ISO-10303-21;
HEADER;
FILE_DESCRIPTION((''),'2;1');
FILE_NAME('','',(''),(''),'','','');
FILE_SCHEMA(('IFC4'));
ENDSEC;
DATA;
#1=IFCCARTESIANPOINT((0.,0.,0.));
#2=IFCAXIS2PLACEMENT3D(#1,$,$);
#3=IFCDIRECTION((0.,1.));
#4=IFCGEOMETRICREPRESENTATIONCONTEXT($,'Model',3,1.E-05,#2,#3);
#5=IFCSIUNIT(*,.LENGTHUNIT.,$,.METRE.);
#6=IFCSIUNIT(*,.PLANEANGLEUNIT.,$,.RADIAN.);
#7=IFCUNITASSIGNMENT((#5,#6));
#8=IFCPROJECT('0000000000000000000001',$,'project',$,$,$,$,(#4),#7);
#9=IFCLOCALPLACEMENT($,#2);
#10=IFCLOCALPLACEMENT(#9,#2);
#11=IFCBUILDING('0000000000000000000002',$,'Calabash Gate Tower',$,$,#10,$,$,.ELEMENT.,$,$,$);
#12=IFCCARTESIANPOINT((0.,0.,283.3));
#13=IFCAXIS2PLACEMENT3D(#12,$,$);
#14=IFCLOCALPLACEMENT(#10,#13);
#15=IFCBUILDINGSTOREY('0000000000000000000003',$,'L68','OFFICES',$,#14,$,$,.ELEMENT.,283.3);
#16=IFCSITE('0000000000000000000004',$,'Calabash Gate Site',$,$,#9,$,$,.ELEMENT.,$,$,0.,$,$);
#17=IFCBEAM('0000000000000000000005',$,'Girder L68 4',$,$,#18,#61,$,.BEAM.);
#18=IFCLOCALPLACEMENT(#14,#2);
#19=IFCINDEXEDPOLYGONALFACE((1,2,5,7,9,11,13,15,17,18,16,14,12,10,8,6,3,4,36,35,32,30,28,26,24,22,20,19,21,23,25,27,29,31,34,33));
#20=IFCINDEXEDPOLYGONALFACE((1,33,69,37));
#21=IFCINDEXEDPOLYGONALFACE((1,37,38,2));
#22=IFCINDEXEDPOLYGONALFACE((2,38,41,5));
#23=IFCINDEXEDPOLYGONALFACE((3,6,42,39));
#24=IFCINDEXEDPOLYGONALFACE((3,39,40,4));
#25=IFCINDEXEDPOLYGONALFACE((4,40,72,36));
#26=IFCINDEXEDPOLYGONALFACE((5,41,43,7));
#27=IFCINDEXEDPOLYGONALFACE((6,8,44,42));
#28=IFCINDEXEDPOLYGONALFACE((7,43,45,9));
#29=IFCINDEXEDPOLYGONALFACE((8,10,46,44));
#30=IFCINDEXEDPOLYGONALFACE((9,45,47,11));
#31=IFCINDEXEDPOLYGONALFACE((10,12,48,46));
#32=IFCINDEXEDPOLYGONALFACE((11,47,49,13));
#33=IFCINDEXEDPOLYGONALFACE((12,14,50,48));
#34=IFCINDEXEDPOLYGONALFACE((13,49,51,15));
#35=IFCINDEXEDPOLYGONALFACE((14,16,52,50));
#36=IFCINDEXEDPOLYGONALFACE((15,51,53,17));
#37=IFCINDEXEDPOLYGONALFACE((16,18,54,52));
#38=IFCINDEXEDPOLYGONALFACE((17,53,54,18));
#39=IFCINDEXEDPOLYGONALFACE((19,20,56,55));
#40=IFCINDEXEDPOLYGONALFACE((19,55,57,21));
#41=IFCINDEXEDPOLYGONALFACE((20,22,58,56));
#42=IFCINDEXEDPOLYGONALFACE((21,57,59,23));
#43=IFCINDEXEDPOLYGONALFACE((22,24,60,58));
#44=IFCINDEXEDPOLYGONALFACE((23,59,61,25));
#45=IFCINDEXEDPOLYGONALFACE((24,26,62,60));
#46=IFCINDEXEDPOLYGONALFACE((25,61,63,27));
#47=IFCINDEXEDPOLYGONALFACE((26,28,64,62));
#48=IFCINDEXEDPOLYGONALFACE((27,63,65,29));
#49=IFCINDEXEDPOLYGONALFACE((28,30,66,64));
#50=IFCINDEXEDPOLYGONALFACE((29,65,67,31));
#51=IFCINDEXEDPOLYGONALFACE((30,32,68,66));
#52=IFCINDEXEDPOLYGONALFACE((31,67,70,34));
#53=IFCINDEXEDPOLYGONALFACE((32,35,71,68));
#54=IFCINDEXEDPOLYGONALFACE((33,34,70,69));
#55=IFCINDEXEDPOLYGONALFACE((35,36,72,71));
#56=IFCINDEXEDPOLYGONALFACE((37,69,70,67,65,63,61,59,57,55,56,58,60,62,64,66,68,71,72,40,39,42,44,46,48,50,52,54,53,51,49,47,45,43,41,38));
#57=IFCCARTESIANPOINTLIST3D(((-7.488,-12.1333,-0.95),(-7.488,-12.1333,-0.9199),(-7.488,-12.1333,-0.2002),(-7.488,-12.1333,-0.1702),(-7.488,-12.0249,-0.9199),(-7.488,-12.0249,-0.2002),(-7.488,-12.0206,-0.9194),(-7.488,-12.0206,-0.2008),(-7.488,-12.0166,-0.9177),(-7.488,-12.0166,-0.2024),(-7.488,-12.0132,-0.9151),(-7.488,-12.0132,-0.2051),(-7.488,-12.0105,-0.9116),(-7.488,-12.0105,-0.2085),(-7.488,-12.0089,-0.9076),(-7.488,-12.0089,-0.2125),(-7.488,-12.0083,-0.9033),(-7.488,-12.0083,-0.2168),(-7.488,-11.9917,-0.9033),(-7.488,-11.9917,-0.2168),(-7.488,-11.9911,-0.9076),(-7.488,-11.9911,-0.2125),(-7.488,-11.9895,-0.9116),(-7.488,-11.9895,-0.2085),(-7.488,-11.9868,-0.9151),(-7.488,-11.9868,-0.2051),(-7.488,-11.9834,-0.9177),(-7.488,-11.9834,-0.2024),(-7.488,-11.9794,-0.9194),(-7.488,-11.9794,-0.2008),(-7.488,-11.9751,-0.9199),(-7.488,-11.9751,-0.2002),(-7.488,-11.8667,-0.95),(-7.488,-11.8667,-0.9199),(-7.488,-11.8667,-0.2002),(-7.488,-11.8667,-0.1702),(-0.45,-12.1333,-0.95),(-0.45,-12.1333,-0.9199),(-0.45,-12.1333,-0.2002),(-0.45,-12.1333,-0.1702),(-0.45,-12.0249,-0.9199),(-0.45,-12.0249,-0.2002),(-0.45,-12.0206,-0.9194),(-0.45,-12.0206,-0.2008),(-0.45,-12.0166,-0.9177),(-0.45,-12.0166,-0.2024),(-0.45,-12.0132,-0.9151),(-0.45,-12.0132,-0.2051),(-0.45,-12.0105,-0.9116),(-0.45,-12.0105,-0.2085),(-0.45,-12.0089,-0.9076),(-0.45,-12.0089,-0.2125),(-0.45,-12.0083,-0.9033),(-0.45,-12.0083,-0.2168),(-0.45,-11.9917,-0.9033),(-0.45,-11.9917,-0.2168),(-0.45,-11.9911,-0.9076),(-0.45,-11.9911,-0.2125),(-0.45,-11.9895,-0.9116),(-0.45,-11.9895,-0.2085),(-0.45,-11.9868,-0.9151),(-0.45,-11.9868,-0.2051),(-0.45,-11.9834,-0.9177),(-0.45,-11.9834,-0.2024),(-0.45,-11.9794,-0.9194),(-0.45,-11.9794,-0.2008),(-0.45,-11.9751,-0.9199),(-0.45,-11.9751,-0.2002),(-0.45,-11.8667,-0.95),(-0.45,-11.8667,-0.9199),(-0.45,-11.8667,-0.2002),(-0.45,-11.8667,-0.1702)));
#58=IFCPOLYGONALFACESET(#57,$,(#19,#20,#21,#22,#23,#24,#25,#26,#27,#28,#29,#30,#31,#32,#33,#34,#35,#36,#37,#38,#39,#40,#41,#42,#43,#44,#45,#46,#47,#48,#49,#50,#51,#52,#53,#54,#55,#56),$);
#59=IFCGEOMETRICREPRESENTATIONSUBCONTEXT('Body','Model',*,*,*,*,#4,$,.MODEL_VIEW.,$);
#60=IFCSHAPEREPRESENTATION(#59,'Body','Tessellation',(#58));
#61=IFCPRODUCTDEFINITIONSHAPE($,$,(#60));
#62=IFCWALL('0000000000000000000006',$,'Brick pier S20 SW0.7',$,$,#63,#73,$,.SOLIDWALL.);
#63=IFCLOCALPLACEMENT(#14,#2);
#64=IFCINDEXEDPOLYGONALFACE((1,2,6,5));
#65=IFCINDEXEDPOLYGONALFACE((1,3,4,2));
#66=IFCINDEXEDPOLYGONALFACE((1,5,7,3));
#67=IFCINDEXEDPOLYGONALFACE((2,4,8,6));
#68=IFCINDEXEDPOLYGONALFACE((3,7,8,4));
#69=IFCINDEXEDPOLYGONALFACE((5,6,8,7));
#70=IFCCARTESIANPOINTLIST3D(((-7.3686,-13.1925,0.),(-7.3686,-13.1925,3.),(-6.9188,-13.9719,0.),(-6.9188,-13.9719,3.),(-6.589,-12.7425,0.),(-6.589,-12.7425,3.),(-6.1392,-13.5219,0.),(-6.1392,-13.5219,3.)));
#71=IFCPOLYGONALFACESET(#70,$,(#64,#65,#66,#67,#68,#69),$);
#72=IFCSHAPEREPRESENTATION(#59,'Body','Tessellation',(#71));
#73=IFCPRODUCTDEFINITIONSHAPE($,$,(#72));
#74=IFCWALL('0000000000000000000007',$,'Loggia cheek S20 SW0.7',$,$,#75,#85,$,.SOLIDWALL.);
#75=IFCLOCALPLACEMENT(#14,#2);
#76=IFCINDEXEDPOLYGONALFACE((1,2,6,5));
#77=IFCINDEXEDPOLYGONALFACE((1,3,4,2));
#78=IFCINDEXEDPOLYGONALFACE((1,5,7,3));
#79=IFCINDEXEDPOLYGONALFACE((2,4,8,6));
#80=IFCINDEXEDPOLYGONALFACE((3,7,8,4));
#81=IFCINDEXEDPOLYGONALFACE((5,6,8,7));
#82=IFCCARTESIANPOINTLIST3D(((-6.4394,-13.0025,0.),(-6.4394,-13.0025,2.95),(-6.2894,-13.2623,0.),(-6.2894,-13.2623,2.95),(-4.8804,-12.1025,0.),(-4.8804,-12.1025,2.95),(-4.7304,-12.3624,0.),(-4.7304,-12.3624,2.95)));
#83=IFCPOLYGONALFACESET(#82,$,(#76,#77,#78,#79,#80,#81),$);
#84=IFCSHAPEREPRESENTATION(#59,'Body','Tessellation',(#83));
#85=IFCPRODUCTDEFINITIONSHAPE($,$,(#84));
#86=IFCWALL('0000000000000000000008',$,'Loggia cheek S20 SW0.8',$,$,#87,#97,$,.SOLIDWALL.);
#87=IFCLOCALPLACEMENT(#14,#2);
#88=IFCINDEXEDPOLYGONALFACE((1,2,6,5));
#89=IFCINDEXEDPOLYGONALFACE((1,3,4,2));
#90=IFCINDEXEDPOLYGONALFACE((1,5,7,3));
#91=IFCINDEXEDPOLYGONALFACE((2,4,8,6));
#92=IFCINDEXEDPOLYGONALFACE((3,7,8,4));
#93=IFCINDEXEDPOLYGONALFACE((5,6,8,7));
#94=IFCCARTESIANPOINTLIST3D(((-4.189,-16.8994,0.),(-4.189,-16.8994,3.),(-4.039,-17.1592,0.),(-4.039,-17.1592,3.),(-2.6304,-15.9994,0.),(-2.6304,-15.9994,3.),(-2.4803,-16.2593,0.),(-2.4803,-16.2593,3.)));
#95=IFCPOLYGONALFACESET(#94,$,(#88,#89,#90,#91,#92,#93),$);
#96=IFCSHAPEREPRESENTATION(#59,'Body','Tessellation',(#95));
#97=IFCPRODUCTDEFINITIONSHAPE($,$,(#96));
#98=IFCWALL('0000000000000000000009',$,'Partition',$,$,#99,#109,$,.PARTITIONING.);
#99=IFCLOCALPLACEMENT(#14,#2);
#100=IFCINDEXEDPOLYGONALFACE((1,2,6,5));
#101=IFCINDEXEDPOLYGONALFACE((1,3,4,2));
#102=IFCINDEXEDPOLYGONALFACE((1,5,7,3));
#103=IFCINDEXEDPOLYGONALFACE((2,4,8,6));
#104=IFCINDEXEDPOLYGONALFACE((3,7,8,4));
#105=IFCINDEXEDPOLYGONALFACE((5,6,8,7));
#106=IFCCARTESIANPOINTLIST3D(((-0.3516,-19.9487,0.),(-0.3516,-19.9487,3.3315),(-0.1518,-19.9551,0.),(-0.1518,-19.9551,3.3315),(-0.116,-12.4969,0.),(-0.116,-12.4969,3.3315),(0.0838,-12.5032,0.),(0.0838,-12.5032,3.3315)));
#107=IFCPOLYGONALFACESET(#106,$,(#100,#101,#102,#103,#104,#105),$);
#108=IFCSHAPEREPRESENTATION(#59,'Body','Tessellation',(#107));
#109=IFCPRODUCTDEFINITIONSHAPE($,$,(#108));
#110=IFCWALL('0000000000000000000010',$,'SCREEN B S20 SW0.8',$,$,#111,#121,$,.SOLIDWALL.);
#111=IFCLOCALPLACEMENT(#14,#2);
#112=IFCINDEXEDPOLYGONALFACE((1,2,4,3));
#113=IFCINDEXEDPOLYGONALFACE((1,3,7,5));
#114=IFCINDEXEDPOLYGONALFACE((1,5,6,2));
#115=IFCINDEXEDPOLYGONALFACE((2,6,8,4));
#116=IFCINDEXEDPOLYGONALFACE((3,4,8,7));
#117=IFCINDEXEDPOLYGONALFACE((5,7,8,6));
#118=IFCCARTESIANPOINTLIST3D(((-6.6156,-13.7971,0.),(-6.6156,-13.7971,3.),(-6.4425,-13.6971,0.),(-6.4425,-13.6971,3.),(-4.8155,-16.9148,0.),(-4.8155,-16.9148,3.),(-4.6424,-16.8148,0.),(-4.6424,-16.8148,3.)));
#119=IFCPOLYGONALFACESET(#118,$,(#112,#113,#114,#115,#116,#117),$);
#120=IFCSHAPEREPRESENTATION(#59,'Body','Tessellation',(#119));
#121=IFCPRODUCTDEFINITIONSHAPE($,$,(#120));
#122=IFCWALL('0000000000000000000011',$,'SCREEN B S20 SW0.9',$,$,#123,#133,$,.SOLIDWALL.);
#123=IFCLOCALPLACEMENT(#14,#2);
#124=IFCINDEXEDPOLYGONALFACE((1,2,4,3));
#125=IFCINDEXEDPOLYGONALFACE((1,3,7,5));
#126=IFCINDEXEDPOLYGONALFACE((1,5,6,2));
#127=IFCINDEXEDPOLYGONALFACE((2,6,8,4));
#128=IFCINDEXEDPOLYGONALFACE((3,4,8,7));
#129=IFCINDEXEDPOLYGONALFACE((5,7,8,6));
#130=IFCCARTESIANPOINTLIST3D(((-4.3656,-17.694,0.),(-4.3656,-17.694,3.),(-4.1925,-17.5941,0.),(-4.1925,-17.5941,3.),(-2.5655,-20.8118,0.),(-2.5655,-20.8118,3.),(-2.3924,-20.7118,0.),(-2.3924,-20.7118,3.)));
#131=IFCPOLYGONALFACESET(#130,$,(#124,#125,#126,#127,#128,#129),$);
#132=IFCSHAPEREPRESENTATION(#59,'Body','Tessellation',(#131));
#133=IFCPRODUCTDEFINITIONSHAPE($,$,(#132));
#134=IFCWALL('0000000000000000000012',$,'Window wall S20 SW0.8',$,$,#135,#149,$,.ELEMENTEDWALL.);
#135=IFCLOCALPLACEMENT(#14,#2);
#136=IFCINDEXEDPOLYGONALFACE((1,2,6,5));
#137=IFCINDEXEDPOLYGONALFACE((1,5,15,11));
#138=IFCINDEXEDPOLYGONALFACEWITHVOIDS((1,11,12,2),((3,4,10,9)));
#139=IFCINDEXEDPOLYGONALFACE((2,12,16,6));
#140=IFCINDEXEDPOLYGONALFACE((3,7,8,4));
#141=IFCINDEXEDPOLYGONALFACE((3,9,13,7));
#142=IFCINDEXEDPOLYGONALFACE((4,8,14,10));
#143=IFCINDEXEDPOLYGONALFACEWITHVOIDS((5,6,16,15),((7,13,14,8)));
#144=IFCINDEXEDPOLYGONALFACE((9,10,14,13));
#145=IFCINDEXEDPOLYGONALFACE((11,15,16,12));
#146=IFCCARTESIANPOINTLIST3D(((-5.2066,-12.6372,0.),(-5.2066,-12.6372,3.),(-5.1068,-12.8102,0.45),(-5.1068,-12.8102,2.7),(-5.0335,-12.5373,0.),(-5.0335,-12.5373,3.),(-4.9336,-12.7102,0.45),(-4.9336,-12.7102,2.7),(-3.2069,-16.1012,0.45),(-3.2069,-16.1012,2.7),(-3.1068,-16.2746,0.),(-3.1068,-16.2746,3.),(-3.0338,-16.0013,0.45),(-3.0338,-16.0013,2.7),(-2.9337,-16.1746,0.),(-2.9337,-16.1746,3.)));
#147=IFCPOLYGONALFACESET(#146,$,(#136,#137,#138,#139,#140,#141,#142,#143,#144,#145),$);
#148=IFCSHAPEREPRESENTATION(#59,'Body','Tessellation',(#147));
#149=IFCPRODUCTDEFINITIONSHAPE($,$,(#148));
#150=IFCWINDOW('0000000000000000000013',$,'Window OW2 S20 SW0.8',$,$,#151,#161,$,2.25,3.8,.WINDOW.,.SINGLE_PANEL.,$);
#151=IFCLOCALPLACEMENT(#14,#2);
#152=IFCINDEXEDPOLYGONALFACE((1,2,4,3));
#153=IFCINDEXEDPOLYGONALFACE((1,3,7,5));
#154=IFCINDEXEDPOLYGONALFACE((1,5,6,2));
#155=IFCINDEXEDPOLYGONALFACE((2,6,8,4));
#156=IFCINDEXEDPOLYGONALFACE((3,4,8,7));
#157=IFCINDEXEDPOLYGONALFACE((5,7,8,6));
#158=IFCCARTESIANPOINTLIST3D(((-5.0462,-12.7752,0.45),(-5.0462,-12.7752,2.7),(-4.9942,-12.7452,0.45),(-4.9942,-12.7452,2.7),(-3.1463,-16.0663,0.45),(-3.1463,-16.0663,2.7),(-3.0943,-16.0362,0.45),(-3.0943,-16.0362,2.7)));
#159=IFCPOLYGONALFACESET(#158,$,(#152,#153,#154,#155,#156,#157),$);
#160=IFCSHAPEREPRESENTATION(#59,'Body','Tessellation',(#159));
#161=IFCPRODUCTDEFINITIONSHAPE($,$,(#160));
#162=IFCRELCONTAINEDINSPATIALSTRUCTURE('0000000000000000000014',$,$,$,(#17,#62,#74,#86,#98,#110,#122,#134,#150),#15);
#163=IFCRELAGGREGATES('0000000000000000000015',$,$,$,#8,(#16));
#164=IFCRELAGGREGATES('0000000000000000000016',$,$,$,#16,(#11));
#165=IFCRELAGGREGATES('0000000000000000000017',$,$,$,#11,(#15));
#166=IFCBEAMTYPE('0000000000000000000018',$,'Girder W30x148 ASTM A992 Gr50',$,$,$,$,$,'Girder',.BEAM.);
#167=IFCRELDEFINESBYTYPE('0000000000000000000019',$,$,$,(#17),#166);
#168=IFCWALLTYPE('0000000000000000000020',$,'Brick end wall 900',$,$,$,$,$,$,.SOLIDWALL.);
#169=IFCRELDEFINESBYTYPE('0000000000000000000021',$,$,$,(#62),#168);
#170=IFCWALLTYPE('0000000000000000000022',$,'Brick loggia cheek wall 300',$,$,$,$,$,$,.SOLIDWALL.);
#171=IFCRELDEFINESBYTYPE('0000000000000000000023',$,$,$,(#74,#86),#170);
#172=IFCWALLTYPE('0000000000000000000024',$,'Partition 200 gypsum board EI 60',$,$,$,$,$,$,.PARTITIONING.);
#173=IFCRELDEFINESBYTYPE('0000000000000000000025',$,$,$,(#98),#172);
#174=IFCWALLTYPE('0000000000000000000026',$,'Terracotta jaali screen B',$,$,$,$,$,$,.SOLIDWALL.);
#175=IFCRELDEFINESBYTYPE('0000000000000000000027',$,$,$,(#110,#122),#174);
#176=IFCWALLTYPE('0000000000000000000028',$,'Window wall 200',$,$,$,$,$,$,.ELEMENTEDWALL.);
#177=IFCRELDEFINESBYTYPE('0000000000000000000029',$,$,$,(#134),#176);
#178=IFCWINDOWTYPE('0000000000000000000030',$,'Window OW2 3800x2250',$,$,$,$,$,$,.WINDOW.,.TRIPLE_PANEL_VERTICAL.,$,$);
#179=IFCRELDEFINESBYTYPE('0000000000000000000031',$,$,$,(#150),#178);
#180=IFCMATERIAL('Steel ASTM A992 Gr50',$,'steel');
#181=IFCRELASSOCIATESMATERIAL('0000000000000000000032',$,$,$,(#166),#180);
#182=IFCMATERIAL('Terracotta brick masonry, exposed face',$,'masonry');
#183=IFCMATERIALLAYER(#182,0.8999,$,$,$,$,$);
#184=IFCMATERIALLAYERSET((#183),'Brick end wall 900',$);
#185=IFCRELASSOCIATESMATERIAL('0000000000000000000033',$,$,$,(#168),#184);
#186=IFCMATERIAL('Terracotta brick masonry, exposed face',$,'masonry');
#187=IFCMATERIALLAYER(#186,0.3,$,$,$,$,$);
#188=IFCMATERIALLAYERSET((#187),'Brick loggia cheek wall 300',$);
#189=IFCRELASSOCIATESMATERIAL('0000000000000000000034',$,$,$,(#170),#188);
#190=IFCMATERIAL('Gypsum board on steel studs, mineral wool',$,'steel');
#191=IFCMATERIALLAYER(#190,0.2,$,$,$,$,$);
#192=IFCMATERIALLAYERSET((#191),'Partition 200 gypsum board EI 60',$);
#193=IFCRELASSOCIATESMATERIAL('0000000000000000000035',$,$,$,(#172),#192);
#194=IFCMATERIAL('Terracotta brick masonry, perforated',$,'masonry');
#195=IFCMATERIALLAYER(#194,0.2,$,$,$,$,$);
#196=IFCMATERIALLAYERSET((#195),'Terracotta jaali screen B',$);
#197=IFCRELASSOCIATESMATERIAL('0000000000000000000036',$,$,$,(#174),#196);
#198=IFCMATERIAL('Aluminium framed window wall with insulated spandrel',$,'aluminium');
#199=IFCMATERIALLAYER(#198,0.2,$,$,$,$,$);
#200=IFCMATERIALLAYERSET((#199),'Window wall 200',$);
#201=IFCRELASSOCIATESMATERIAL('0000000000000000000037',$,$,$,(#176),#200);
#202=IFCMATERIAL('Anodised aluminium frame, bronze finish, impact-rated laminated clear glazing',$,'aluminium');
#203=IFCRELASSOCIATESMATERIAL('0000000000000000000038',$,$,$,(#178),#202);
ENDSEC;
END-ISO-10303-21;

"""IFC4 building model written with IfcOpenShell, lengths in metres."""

from ifc_helpers import new_model, si_unit, direction, frame, frame_2d, origin, origin_2d, place, context, subcontext, project, spatial, rectangle, i_section, extrude, material, layer, layer_set, material_profile, profile_set, type_object, element, fill, save


model = new_model("IFC4")

# Units and contexts
model_context = context("Model", 3, precision=1e-05, world=origin(), true_north=direction((0.0, 1.0)))
body_context = subcontext(model_context, "Body", "Model", "MODEL_VIEW")
ifc_project = project(units=[si_unit("LENGTHUNIT", "METRE"), si_unit("PLANEANGLEUNIT", "RADIAN")], contexts=[model_context])

# Site, building, storey
site_placement = place(None, origin())
site = spatial("IfcSite", under=ifc_project, at=site_placement, Name="Calabash Gate Site", CompositionType="ELEMENT", RefElevation=0.0)
building_placement = place(site_placement, origin())
building = spatial("IfcBuilding", under=site, at=building_placement, Name="Calabash Gate Tower", CompositionType="ELEMENT")
storey_placement = place(building_placement, frame((0.0, 0.0, 283.3)))
storey = spatial("IfcBuildingStorey", under=building, at=storey_placement, Name="L68", Description="OFFICES", CompositionType="ELEMENT", Elevation=283.3)

# Beam
ifc_material_1 = material(Name="Steel ASTM A992 Gr50", Category="steel")
ifc_material_profile_1 = material_profile(ifc_material_1, i_section(OverallWidth=0.2666, OverallDepth=0.7798, WebThickness=0.0166, FlangeThickness=0.03, FilletRadius=0.0166, at=origin_2d()))
ifc_profile_set_1 = profile_set([ifc_material_profile_1], Name="Steel ASTM A992 Gr50")
beam_type_1 = type_object("IfcBeamType", Name="Girder W30x148 ASTM A992 Gr50", ElementType="Girder", PredefinedType="BEAM", material=ifc_profile_set_1)
beam_1_placement = place(storey_placement, frame((-7.488, -12.0, -0.5601), z_axis=(1.0, 0.0, 0.0), x_axis=(0.0, 1.0, 0.0)))
element("IfcBeam", 1, at=beam_1_placement, inside=storey, type_object=beam_type_1, Name="Girder L68 4", PredefinedType="BEAM", context=body_context, shape_type="SweptSolid", body=[
    extrude(i_section(OverallWidth=0.2666, OverallDepth=0.7798, WebThickness=0.0166, FlangeThickness=0.03, FilletRadius=0.0166, at=origin_2d()), origin(), (0.0, 0.0, 1.0), 7.0381),
])

# Walls
ifc_material_2 = material(Name="Terracotta brick masonry, exposed face", Category="masonry")
ifc_layer_1 = layer(ifc_material_2, 0.8999)
ifc_layer_set_1 = layer_set([ifc_layer_1], Name="Brick end wall 900")
wall_type_1 = type_object("IfcWallType", Name="Brick end wall 900", PredefinedType="SOLIDWALL", material=ifc_layer_set_1)
wall_1_placement = place(storey_placement, frame((-7.1438, -13.5823, 0.0), z_axis=(0.0, 0.0, 1.0), x_axis=(0.866082, 0.499902, 0.0)))
element("IfcWall", 2, at=wall_1_placement, inside=storey, type_object=wall_type_1, Name="Brick pier S20 SW0.7", PredefinedType="SOLIDWALL", context=body_context, shape_type="SweptSolid", body=[
    extrude(rectangle(XDim=0.9001, YDim=0.8999, at=frame_2d((0.4502, 0.0))), origin(), (0.0, 0.0, 1.0), 3.0),
])
ifc_material_3 = material(Name="Terracotta brick masonry, exposed face", Category="masonry")
ifc_layer_2 = layer(ifc_material_3, 0.3)
ifc_layer_set_2 = layer_set([ifc_layer_2], Name="Brick loggia cheek wall 300")
wall_type_2 = type_object("IfcWallType", Name="Brick loggia cheek wall 300", PredefinedType="SOLIDWALL", material=ifc_layer_set_2)
wall_2_placement = place(storey_placement, frame((-6.3643, -13.1323, 0.0), z_axis=(0.0, 0.0, 1.0), x_axis=(0.866048, 0.499961, 0.0)))
element("IfcWall", 3, at=wall_2_placement, inside=storey, type_object=wall_type_2, Name="Loggia cheek S20 SW0.7", PredefinedType="SOLIDWALL", context=body_context, shape_type="SweptSolid", body=[
    extrude(rectangle(XDim=1.8, YDim=0.3, at=frame_2d((0.8999, 0.0))), origin(), (0.0, 0.0, 1.0), 2.95),
])
wall_3_placement = place(storey_placement, frame((-4.114, -17.0293, 0.0), z_axis=(0.0, 0.0, 1.0), x_axis=(0.866014, 0.50002, 0.0)))
element("IfcWall", 4, at=wall_3_placement, inside=storey, type_object=wall_type_2, Name="Loggia cheek S20 SW0.8", PredefinedType="SOLIDWALL", context=body_context, shape_type="SweptSolid", body=[
    extrude(rectangle(XDim=1.7998, YDim=0.3, at=frame_2d((0.8999, 0.0))), origin(), (0.0, 0.0, 1.0), 3.0),
])
ifc_material_4 = material(Name="Gypsum board on steel studs, mineral wool", Category="steel")
ifc_layer_3 = layer(ifc_material_4, 0.2)
ifc_layer_set_3 = layer_set([ifc_layer_3], Name="Partition 200 gypsum board EI 60")
wall_type_3 = type_object("IfcWallType", Name="Partition 200 gypsum board EI 60", PredefinedType="PARTITIONING", material=ifc_layer_set_3)
wall_4_placement = place(storey_placement, frame((-0.2517, -19.9519, 0.0), z_axis=(0.0, 0.0, 1.0), x_axis=(0.0316, 0.999501, 0.0)))
element("IfcWall", 5, at=wall_4_placement, inside=storey, type_object=wall_type_3, Name="Partition", PredefinedType="PARTITIONING", context=body_context, shape_type="SweptSolid", body=[
    extrude(rectangle(XDim=7.4556, YDim=0.2, at=frame_2d((3.7278, 0.0))), origin(), (0.0, 0.0, 1.0), 3.3315),
])
ifc_material_5 = material(Name="Terracotta brick masonry, perforated", Category="masonry")
ifc_layer_4 = layer(ifc_material_5, 0.2)
ifc_layer_set_4 = layer_set([ifc_layer_4], Name="Terracotta jaali screen B")
wall_type_4 = type_object("IfcWallType", Name="Terracotta jaali screen B", PredefinedType="SOLIDWALL", material=ifc_layer_set_4)
for number, where, z_axis, x_axis, name in (
    (6, (-6.5291, -13.7471, 0.0), (0.0, 0.0, 1.0), (0.500012, -0.866018, 0.0), "SCREEN B S20 SW0.8"),
    (7, (-4.2791, -17.644, 0.0), (0.0, 0.0, 1.0), (0.500012, -0.866018, 0.0), "SCREEN B S20 SW0.9"),
):
    element("IfcWall", number, at=place(storey_placement, frame(where, z_axis=z_axis, x_axis=x_axis)), inside=storey, type_object=wall_type_4, Name=name, PredefinedType="SOLIDWALL", context=body_context, shape_type="SweptSolid", body=[
        extrude(rectangle(XDim=3.6001, YDim=0.2, at=frame_2d((1.8, 0.0))), origin(), (0.0, 0.0, 1.0), 3.0),
    ])

# Wall, opening, window
ifc_material_6 = material(Name="Aluminium framed window wall with insulated spandrel", Category="aluminium")
ifc_layer_5 = layer(ifc_material_6, 0.2)
ifc_layer_set_5 = layer_set([ifc_layer_5], Name="Window wall 200")
wall_type_5 = type_object("IfcWallType", Name="Window wall 200", PredefinedType="ELEMENTEDWALL", material=ifc_layer_set_5)
wall_5_placement = place(storey_placement, frame((-5.1201, -12.5872, 0.0), z_axis=(0.0, 0.0, 1.0), x_axis=(0.499959, -0.866049, 0.0)))
wall_5 = element("IfcWall", 8, at=wall_5_placement, inside=storey, type_object=wall_type_5, Name="Window wall S20 SW0.8", PredefinedType="ELEMENTEDWALL", context=body_context, shape_type="SweptSolid", body=[
    extrude(rectangle(XDim=4.2, YDim=0.2, at=frame_2d((2.1001, 0.0))), origin(), (0.0, 0.0, 1.0), 3.0),
])
opening_1_placement = place(wall_5_placement, frame((0.2, 0.0, 0.45)))
opening_1 = element("IfcOpeningElement", 9, at=opening_1_placement, cuts=wall_5, PredefinedType="OPENING", context=body_context, shape_type="SweptSolid", body=[
    extrude(rectangle(XDim=3.8, YDim=2.25, at=frame_2d((1.8999, 1.125))), frame((0.0, 0.1099, 0.0), z_axis=(0.0, -1.0, 0.0), x_axis=(1.0, 0.0, 0.0)), (0.0, 0.0, 1.0), 0.22),
])
ifc_material_7 = material(Name="Anodised aluminium frame, bronze finish, impact-rated laminated clear glazing", Category="aluminium")
window_type_1 = type_object("IfcWindowType", Name="Window OW2 3800x2250", PartitioningType="TRIPLE_PANEL_VERTICAL", PredefinedType="WINDOW", material=ifc_material_7)
window_1_placement = place(opening_1_placement, origin())
window_1 = element("IfcWindow", 10, at=window_1_placement, inside=storey, type_object=window_type_1, Name="Window OW2 S20 SW0.8", OverallHeight=2.25, OverallWidth=3.8, PartitioningType="SINGLE_PANEL", PredefinedType="WINDOW", context=body_context, shape_type="SweptSolid", body=[
    extrude(rectangle(XDim=3.8, YDim=2.25, at=frame_2d((1.8999, 1.125))), frame((0.0, 0.03, 0.0), z_axis=(0.0, -1.0, 0.0), x_axis=(1.0, 0.0, 0.0)), (0.0, 0.0, 1.0), 0.0601),
])
fill(opening_1, window_1)

save(model, "model.ifc")
